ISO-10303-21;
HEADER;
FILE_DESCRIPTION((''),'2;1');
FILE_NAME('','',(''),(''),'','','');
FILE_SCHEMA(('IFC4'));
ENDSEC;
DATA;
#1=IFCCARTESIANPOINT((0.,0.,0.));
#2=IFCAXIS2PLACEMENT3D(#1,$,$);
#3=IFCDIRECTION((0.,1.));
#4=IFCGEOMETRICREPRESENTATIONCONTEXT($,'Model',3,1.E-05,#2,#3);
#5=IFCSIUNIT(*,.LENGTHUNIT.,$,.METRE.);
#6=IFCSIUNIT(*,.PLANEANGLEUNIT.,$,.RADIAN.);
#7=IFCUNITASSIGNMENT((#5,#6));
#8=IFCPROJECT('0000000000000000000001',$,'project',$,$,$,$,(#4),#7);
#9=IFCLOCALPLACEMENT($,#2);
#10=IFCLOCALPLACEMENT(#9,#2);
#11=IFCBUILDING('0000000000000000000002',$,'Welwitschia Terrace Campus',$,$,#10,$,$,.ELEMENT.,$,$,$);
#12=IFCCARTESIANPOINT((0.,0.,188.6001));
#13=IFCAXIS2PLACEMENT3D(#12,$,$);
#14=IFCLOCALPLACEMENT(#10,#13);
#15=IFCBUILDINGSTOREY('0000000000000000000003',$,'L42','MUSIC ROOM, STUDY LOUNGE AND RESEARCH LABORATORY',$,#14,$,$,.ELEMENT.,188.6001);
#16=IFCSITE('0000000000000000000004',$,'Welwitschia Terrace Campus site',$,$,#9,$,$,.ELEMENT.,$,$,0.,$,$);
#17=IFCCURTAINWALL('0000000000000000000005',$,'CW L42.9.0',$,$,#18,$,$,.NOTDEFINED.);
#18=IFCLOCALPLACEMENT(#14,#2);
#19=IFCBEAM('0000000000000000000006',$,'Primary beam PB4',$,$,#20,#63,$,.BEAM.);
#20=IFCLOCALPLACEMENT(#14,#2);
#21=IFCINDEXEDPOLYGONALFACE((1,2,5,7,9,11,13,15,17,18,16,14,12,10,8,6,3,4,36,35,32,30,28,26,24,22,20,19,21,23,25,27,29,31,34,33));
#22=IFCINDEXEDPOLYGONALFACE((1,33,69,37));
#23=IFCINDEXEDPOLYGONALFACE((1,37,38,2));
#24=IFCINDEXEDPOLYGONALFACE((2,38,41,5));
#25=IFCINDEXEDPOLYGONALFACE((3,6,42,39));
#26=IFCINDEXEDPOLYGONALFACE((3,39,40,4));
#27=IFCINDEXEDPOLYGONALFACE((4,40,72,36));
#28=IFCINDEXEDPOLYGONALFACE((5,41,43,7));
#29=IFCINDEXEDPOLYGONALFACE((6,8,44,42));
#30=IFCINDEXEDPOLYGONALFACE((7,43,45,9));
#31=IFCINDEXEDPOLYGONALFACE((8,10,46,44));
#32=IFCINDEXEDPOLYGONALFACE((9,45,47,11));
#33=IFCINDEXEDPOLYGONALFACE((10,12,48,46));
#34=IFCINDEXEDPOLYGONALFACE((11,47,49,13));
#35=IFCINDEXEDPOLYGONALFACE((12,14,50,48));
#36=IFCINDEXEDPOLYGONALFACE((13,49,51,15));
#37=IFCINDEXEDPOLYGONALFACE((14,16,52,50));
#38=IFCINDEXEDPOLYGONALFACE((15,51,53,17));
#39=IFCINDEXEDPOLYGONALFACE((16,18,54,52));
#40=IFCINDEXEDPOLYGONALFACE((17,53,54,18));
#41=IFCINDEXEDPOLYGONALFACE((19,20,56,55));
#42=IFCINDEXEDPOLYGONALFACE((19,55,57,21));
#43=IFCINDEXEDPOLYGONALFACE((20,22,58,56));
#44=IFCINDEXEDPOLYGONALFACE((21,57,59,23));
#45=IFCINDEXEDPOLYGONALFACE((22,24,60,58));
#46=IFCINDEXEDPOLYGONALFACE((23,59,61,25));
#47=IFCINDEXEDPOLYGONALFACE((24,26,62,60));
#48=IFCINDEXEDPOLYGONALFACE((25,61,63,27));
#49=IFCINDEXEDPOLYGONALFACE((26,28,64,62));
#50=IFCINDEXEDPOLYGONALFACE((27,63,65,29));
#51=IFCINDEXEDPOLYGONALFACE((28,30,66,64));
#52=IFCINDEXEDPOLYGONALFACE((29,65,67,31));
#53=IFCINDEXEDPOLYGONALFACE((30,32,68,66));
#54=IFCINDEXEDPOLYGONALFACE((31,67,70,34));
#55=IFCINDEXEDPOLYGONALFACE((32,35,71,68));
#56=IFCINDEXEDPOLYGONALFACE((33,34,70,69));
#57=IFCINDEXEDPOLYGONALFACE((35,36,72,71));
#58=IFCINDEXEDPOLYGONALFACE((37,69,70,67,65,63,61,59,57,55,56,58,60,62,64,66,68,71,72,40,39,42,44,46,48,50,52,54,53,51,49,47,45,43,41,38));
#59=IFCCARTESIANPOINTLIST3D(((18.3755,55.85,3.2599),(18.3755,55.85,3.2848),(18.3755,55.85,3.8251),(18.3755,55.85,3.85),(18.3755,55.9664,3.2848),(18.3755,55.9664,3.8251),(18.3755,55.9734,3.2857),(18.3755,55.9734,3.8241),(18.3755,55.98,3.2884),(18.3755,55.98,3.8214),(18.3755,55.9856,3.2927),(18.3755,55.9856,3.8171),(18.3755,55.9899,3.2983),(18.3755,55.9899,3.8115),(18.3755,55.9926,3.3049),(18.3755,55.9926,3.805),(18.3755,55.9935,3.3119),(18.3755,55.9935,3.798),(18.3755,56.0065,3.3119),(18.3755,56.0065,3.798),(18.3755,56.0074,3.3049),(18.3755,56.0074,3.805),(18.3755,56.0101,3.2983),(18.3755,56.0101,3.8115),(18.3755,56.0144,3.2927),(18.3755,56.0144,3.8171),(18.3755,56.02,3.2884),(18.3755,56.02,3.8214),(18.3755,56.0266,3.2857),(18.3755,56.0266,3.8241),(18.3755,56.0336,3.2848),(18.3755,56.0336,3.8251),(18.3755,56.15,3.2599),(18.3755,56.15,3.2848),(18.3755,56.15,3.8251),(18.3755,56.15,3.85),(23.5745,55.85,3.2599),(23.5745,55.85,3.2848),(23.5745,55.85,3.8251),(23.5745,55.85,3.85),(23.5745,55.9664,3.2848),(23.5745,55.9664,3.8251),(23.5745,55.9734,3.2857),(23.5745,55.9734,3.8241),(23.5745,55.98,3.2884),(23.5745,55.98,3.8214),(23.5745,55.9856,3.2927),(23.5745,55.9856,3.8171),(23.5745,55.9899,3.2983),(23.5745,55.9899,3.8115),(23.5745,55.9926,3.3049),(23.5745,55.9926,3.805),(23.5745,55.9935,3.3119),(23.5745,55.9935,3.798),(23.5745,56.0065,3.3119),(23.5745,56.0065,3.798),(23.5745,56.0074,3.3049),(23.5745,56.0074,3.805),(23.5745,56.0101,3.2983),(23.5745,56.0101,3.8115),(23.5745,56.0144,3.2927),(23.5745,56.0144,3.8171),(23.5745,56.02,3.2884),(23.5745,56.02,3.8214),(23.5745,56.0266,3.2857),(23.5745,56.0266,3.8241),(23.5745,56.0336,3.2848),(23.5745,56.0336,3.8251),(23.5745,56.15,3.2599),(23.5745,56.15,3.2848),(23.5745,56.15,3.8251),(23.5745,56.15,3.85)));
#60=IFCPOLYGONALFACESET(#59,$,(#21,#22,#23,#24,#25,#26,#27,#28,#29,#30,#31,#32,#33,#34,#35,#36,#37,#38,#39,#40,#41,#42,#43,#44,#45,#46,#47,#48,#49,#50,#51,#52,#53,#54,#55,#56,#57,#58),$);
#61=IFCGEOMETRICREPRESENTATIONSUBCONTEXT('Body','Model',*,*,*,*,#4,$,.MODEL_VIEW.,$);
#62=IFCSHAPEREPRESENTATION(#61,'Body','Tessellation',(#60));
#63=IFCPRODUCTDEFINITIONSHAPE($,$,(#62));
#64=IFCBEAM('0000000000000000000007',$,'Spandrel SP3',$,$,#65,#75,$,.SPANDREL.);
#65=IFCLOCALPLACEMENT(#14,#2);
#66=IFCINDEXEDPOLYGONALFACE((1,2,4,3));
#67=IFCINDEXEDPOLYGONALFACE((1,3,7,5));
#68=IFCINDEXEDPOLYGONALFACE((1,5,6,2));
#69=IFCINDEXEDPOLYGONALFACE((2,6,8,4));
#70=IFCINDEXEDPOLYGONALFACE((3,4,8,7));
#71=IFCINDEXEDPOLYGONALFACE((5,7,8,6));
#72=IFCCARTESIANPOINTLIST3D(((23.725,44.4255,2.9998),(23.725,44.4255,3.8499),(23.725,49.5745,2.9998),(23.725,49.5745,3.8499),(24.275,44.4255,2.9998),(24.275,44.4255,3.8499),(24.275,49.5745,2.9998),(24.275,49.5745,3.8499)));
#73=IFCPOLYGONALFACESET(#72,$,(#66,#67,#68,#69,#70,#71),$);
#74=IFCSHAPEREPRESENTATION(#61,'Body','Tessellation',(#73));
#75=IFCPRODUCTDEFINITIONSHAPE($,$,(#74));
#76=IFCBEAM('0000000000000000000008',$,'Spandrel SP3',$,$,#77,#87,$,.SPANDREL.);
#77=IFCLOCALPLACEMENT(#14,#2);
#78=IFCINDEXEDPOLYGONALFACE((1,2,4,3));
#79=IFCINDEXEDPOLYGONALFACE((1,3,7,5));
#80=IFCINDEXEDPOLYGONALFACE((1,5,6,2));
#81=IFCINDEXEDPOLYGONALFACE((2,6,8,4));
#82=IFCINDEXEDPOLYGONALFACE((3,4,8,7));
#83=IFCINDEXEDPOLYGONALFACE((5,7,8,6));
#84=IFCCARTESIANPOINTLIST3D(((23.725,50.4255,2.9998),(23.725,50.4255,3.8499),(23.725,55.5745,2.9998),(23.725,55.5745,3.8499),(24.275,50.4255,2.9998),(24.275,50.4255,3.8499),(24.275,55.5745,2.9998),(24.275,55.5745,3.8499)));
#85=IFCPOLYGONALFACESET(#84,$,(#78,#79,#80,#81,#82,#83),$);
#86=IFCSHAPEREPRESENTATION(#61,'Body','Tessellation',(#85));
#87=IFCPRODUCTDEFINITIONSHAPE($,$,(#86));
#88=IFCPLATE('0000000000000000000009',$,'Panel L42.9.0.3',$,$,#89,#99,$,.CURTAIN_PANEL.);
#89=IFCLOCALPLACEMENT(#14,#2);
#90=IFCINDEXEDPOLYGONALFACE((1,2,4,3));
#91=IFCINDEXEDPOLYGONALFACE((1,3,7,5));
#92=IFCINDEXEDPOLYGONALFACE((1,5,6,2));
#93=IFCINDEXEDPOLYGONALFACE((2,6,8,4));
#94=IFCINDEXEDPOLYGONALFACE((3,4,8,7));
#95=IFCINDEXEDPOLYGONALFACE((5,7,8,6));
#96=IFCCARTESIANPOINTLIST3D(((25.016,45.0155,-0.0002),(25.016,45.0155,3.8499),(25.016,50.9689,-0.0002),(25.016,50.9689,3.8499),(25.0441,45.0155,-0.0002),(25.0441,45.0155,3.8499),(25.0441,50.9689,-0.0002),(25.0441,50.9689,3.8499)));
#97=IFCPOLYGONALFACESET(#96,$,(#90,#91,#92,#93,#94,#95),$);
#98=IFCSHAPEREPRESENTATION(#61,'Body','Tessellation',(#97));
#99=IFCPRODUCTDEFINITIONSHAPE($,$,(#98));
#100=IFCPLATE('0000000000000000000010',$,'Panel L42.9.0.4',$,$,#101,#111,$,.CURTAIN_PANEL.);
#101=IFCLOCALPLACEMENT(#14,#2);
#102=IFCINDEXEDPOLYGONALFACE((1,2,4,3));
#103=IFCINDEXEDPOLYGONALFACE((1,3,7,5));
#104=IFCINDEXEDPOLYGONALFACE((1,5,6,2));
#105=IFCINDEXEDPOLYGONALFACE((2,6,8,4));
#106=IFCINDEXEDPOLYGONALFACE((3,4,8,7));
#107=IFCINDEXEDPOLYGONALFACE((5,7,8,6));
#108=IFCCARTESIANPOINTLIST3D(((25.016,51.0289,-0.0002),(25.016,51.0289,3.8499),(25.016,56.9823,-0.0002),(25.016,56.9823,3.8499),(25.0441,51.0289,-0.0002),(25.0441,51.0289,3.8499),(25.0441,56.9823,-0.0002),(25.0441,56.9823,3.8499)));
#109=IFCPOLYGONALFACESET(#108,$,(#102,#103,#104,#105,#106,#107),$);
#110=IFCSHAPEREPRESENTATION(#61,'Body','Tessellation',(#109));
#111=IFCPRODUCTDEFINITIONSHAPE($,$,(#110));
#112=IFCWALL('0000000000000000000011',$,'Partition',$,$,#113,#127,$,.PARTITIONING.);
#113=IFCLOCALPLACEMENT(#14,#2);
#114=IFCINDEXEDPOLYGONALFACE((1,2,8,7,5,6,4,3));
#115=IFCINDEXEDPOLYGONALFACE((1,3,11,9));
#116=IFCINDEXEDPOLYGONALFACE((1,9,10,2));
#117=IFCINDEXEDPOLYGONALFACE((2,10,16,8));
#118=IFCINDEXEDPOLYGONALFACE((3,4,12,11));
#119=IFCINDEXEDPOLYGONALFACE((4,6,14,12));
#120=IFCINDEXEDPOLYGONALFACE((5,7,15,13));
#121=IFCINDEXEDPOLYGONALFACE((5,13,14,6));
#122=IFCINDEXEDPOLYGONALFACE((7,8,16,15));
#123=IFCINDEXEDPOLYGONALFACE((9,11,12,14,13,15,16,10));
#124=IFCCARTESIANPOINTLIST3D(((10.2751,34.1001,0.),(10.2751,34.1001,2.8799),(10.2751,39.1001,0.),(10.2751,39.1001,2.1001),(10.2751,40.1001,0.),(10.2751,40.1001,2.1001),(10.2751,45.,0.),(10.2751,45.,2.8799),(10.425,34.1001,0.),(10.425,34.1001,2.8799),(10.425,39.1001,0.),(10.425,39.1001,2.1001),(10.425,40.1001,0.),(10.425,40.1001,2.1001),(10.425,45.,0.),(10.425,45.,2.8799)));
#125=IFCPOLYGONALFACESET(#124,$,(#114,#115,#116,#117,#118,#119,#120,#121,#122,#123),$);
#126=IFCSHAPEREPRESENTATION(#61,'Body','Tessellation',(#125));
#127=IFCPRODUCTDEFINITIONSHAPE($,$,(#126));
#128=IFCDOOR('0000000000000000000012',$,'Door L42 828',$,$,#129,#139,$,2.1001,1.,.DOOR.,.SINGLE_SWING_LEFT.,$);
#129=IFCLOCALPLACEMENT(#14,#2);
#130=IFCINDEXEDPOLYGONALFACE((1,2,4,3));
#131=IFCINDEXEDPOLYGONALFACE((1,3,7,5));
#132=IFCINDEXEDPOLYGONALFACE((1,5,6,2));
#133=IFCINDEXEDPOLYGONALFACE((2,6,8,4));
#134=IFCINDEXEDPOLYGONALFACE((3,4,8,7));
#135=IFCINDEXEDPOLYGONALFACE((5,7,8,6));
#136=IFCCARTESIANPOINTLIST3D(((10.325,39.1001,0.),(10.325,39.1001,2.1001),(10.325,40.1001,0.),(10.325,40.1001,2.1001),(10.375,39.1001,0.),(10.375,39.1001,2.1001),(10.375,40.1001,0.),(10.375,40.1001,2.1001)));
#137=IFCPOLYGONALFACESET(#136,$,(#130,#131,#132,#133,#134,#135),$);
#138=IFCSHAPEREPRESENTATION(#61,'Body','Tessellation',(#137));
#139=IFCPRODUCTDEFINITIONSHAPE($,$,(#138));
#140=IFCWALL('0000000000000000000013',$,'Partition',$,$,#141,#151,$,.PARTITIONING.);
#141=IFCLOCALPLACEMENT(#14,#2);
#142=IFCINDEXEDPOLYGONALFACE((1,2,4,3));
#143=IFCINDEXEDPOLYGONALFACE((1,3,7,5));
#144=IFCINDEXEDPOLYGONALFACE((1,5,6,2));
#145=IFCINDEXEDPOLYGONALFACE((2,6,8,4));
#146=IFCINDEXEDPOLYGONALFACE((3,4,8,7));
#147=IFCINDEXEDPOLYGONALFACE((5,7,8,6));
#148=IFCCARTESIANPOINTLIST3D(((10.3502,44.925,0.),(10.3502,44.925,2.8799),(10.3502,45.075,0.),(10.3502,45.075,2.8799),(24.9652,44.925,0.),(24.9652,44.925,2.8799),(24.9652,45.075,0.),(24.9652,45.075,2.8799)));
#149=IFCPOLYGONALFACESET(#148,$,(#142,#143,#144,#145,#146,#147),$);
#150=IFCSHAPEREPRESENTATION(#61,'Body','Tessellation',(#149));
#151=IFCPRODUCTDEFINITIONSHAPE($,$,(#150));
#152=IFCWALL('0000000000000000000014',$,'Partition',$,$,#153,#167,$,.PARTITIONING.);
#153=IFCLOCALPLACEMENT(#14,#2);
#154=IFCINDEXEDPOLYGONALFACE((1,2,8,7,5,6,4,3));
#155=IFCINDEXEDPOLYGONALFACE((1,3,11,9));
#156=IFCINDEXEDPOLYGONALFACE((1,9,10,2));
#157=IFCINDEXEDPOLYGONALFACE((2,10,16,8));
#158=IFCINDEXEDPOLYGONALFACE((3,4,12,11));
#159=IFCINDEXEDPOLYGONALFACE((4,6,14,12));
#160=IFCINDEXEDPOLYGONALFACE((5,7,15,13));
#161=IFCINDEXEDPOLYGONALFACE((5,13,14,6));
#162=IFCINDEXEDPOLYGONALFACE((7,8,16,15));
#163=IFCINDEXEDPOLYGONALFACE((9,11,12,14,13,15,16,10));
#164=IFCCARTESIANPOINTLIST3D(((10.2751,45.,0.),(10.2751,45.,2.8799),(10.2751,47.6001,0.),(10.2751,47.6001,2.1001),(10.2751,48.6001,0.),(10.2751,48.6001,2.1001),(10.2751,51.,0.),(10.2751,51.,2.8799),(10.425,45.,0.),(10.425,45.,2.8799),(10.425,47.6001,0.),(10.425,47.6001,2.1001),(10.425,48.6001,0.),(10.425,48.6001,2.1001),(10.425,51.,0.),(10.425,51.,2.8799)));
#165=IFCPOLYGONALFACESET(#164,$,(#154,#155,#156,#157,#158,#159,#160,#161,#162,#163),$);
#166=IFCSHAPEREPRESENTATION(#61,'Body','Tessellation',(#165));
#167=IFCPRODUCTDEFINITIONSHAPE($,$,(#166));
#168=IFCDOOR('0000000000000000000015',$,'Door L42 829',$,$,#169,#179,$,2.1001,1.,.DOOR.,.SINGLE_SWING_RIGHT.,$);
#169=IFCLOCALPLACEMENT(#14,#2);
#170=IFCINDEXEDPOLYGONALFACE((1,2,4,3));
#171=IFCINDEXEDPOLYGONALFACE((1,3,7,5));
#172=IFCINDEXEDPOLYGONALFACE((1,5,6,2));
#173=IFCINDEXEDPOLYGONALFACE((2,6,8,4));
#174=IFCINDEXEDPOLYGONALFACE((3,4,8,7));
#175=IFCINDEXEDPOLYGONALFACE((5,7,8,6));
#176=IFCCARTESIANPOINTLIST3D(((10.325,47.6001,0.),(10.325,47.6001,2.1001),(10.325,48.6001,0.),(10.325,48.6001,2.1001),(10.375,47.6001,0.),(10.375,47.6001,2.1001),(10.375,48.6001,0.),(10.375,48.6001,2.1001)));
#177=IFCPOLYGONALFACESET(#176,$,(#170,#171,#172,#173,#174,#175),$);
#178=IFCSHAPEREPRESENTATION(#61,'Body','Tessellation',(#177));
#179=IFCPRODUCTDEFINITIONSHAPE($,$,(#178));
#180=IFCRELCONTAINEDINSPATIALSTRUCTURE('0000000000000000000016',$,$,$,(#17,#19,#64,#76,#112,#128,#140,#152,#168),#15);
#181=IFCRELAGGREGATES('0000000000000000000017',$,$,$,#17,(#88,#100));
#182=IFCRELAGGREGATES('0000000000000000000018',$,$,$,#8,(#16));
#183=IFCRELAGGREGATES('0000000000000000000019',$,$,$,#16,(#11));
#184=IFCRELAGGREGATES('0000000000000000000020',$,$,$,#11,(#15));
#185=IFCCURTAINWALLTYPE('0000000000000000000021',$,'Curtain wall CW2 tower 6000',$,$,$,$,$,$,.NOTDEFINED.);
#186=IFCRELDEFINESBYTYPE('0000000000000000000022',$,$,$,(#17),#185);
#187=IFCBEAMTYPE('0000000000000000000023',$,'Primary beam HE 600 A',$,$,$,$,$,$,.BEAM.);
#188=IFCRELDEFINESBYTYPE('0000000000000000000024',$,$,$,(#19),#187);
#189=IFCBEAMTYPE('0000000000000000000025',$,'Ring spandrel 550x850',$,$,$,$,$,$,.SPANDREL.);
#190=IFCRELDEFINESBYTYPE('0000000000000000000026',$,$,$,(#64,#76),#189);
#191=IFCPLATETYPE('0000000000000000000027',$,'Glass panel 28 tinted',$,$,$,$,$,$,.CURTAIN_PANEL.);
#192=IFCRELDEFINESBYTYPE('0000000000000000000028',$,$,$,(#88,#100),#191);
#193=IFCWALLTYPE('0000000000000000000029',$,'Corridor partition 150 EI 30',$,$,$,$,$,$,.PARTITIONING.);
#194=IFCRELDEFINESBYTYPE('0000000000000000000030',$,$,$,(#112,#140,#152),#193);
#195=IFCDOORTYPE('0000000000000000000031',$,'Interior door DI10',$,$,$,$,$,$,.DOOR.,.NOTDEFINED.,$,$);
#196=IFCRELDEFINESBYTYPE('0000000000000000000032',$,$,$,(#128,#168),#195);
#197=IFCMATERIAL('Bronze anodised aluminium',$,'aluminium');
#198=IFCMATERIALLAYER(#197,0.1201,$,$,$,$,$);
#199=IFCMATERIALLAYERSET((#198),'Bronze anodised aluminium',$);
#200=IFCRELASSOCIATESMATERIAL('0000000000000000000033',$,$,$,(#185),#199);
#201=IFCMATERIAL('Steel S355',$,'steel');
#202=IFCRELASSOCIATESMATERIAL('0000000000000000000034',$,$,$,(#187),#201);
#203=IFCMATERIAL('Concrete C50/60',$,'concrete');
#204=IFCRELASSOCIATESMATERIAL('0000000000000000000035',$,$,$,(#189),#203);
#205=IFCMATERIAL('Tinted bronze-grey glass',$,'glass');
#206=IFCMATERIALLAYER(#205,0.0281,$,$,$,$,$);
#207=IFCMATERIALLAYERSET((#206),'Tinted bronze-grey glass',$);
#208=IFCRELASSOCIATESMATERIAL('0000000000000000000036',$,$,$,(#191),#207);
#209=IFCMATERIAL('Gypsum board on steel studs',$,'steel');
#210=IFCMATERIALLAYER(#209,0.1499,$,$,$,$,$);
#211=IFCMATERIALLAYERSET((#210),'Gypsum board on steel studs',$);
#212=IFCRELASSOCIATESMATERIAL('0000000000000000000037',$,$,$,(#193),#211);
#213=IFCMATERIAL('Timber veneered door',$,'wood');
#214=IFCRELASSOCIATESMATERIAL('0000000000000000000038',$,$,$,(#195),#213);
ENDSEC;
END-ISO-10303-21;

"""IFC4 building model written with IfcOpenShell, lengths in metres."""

from ifc_helpers import new_model, si_unit, direction, frame, frame_2d, origin, origin_2d, place, context, subcontext, project, spatial, rectangle, i_section, extrude, material, layer, layer_set, material_profile, profile_set, type_object, element, fill, aggregate, save


model = new_model("IFC4")

# Units and contexts
model_context = context("Model", 3, precision=1e-05, world=origin(), true_north=direction((0.0, 1.0)))
body_context = subcontext(model_context, "Body", "Model", "MODEL_VIEW")
ifc_project = project(units=[si_unit("LENGTHUNIT", "METRE"), si_unit("PLANEANGLEUNIT", "RADIAN")], contexts=[model_context])

# Site, building, storey
site_placement = place(None, origin())
site = spatial("IfcSite", under=ifc_project, at=site_placement, Name="Welwitschia Terrace Campus site", CompositionType="ELEMENT", RefElevation=0.0)
building_placement = place(site_placement, origin())
building = spatial("IfcBuilding", under=site, at=building_placement, Name="Welwitschia Terrace Campus", CompositionType="ELEMENT")
storey_placement = place(building_placement, frame((0.0, 0.0, 188.6001)))
storey = spatial("IfcBuildingStorey", under=building, at=storey_placement, Name="L42", Description="MUSIC ROOM, STUDY LOUNGE AND RESEARCH LABORATORY", CompositionType="ELEMENT", Elevation=188.6001)

# Curtain wall
ifc_material_1 = material(Name="Bronze anodised aluminium", Category="aluminium")
ifc_layer_1 = layer(ifc_material_1, 0.1201)
ifc_layer_set_1 = layer_set([ifc_layer_1], Name="Bronze anodised aluminium")
curtain_wall_type = type_object("IfcCurtainWallType", Name="Curtain wall CW2 tower 6000", PredefinedType="NOTDEFINED", material=ifc_layer_set_1)
curtain_wall_placement = place(storey_placement, origin())
curtain_wall = element("IfcCurtainWall", 1, at=curtain_wall_placement, inside=storey, type_object=curtain_wall_type, Name="CW L42.9.0", PredefinedType="NOTDEFINED")

# Beams
ifc_material_2 = material(Name="Steel S355", Category="steel")
ifc_material_profile_1 = material_profile(ifc_material_2, i_section(OverallWidth=0.3, OverallDepth=0.5901, WebThickness=0.0129, FlangeThickness=0.0249, FilletRadius=0.0271, at=origin_2d()))
ifc_profile_set_1 = profile_set([ifc_material_profile_1], Name="Steel S355")
beam_type_1 = type_object("IfcBeamType", Name="Primary beam HE 600 A", PredefinedType="BEAM", material=ifc_profile_set_1)
for number, where, z_axis, x_axis, name in (
    (2, (23.5745, 56.0, 3.5549), (-1.0, 0.0, 0.0), (0.0, -1.0, 0.0), "Primary beam PB4"),
):
    element("IfcBeam", number, at=place(storey_placement, frame(where, z_axis=z_axis, x_axis=x_axis)), inside=storey, type_object=beam_type_1, Name=name, PredefinedType="BEAM", context=body_context, shape_type="SweptSolid", body=[
        extrude(i_section(OverallWidth=0.3, OverallDepth=0.5901, WebThickness=0.0129, FlangeThickness=0.0249, FilletRadius=0.0271, at=origin_2d()), origin(), (0.0, 0.0, 1.0), 5.199),
    ])
ifc_material_3 = material(Name="Concrete C50/60", Category="concrete")
ifc_material_profile_2 = material_profile(ifc_material_3, rectangle(XDim=0.55, YDim=0.8501, at=origin_2d()))
ifc_profile_set_2 = profile_set([ifc_material_profile_2], Name="Concrete C50/60")
beam_type_2 = type_object("IfcBeamType", Name="Ring spandrel 550x850", PredefinedType="SPANDREL", material=ifc_profile_set_2)
for number, where, z_axis, x_axis, name in (
    (3, (24.0, 44.4255, 3.4248), (0.0, 1.0, 0.0), (-1.0, 0.0, 0.0), "Spandrel SP3"),
    (4, (24.0, 50.4255, 3.4248), (0.0, 1.0, 0.0), (-1.0, 0.0, 0.0), "Spandrel SP3"),
):
    element("IfcBeam", number, at=place(storey_placement, frame(where, z_axis=z_axis, x_axis=x_axis)), inside=storey, type_object=beam_type_2, Name=name, PredefinedType="SPANDREL", context=body_context, shape_type="SweptSolid", body=[
        extrude(rectangle(XDim=0.55, YDim=0.8501, at=origin_2d()), origin(), (0.0, 0.0, 1.0), 5.1489),
    ])

# Plates
ifc_material_4 = material(Name="Tinted bronze-grey glass", Category="glass")
ifc_layer_2 = layer(ifc_material_4, 0.0281)
ifc_layer_set_2 = layer_set([ifc_layer_2], Name="Tinted bronze-grey glass")
plate_type = type_object("IfcPlateType", Name="Glass panel 28 tinted", PredefinedType="CURTAIN_PANEL", material=ifc_layer_set_2)
plate_1_placement = place(storey_placement, frame((25.03, 47.9922, -0.0002), z_axis=(0.0, 0.0, 1.0), x_axis=(0.0, 1.0, 0.0)))
plate_1 = element("IfcPlate", 5, at=plate_1_placement, type_object=plate_type, Name="Panel L42.9.0.3", PredefinedType="CURTAIN_PANEL", context=body_context, shape_type="SweptSolid", body=[
    extrude(rectangle(XDim=5.9534, YDim=0.0281, at=origin_2d()), origin(), (0.0, 0.0, 1.0), 3.8501),
])
plate_2_placement = place(storey_placement, frame((25.03, 54.0056, -0.0002), z_axis=(0.0, 0.0, 1.0), x_axis=(0.0, 1.0, 0.0)))
plate_2 = element("IfcPlate", 6, at=plate_2_placement, type_object=plate_type, Name="Panel L42.9.0.4", PredefinedType="CURTAIN_PANEL", context=body_context, shape_type="SweptSolid", body=[
    extrude(rectangle(XDim=5.9534, YDim=0.0281, at=origin_2d()), origin(), (0.0, 0.0, 1.0), 3.8501),
])
aggregate(curtain_wall, [plate_1, plate_2])

# Wall, opening, door
ifc_material_5 = material(Name="Gypsum board on steel studs", Category="steel")
ifc_layer_3 = layer(ifc_material_5, 0.1499)
ifc_layer_set_3 = layer_set([ifc_layer_3], Name="Gypsum board on steel studs")
wall_type = type_object("IfcWallType", Name="Corridor partition 150 EI 30", PredefinedType="PARTITIONING", material=ifc_layer_set_3)
wall_1_placement = place(storey_placement, frame((10.3501, 45.0, 0.0), z_axis=(0.0, 0.0, 1.0), x_axis=(0.0, -1.0, 0.0)))
wall_1 = element("IfcWall", 7, at=wall_1_placement, inside=storey, type_object=wall_type, Name="Partition", PredefinedType="PARTITIONING", context=body_context, shape_type="SweptSolid", body=[
    extrude(rectangle(XDim=10.8999, YDim=0.1499, at=frame_2d((5.45, 0.0))), origin(), (0.0, 0.0, 1.0), 2.8799),
])
opening_1_placement = place(wall_1_placement, frame((4.8999, 0.0, 0.0)))
opening_1 = element("IfcOpeningElement", 8, at=opening_1_placement, cuts=wall_1, PredefinedType="OPENING", context=body_context, shape_type="SweptSolid", body=[
    extrude(rectangle(XDim=1.0, YDim=2.1001, at=frame_2d((0.5, 1.05))), frame((0.0, 0.085, 0.0), z_axis=(0.0, -1.0, 0.0), x_axis=(1.0, 0.0, 0.0)), (0.0, 0.0, 1.0), 0.1699),
])
ifc_material_6 = material(Name="Timber veneered door", Category="wood")
door_type_1 = type_object("IfcDoorType", Name="Interior door DI10", OperationType="NOTDEFINED", PredefinedType="DOOR", material=ifc_material_6)
door_1_placement = place(opening_1_placement, origin())
door_1 = element("IfcDoor", 9, at=door_1_placement, inside=storey, type_object=door_type_1, Name="Door L42 828", OperationType="SINGLE_SWING_LEFT", OverallHeight=2.1001, OverallWidth=1.0, PredefinedType="DOOR", context=body_context, shape_type="SweptSolid", body=[
    extrude(rectangle(XDim=1.0, YDim=2.1001, at=frame_2d((0.5, 1.05))), frame((0.0, 0.0249, 0.0), z_axis=(0.0, -1.0, 0.0), x_axis=(1.0, 0.0, 0.0)), (0.0, 0.0, 1.0), 0.05),
])
fill(opening_1, door_1)

# Wall
wall_2_placement = place(storey_placement, frame((10.3501, 45.0, 0.0), z_axis=(0.0, 0.0, 1.0), x_axis=(1.0, 0.0, 0.0)))
element("IfcWall", 10, at=wall_2_placement, inside=storey, type_object=wall_type, Name="Partition", PredefinedType="PARTITIONING", context=body_context, shape_type="SweptSolid", body=[
    extrude(rectangle(XDim=14.615, YDim=0.1499, at=frame_2d((7.3076, 0.0))), origin(), (0.0, 0.0, 1.0), 2.8799),
])

# Wall, opening, door
wall_3_placement = place(storey_placement, frame((10.3501, 51.0, 0.0), z_axis=(0.0, 0.0, 1.0), x_axis=(0.0, -1.0, 0.0)))
wall_3 = element("IfcWall", 11, at=wall_3_placement, inside=storey, type_object=wall_type, Name="Partition", PredefinedType="PARTITIONING", context=body_context, shape_type="SweptSolid", body=[
    extrude(rectangle(XDim=6.0, YDim=0.1499, at=frame_2d((3.0, 0.0))), origin(), (0.0, 0.0, 1.0), 2.8799),
])
opening_2_placement = place(wall_3_placement, frame((2.3999, 0.0, 0.0)))
opening_2 = element("IfcOpeningElement", 12, at=opening_2_placement, cuts=wall_3, PredefinedType="OPENING", context=body_context, shape_type="SweptSolid", body=[
    extrude(rectangle(XDim=1.0, YDim=2.1001, at=frame_2d((0.5, 1.05))), frame((0.0, 0.085, 0.0), z_axis=(0.0, -1.0, 0.0), x_axis=(1.0, 0.0, 0.0)), (0.0, 0.0, 1.0), 0.1699),
])
door_2_placement = place(opening_2_placement, origin())
door_2 = element("IfcDoor", 13, at=door_2_placement, inside=storey, type_object=door_type_1, Name="Door L42 829", OperationType="SINGLE_SWING_RIGHT", OverallHeight=2.1001, OverallWidth=1.0, PredefinedType="DOOR", context=body_context, shape_type="SweptSolid", body=[
    extrude(rectangle(XDim=1.0, YDim=2.1001, at=frame_2d((0.5, 1.05))), frame((0.0, 0.0249, 0.0), z_axis=(0.0, -1.0, 0.0), x_axis=(1.0, 0.0, 0.0)), (0.0, 0.0, 1.0), 0.05),
])
fill(opening_2, door_2)

save(model, "model.ifc")
